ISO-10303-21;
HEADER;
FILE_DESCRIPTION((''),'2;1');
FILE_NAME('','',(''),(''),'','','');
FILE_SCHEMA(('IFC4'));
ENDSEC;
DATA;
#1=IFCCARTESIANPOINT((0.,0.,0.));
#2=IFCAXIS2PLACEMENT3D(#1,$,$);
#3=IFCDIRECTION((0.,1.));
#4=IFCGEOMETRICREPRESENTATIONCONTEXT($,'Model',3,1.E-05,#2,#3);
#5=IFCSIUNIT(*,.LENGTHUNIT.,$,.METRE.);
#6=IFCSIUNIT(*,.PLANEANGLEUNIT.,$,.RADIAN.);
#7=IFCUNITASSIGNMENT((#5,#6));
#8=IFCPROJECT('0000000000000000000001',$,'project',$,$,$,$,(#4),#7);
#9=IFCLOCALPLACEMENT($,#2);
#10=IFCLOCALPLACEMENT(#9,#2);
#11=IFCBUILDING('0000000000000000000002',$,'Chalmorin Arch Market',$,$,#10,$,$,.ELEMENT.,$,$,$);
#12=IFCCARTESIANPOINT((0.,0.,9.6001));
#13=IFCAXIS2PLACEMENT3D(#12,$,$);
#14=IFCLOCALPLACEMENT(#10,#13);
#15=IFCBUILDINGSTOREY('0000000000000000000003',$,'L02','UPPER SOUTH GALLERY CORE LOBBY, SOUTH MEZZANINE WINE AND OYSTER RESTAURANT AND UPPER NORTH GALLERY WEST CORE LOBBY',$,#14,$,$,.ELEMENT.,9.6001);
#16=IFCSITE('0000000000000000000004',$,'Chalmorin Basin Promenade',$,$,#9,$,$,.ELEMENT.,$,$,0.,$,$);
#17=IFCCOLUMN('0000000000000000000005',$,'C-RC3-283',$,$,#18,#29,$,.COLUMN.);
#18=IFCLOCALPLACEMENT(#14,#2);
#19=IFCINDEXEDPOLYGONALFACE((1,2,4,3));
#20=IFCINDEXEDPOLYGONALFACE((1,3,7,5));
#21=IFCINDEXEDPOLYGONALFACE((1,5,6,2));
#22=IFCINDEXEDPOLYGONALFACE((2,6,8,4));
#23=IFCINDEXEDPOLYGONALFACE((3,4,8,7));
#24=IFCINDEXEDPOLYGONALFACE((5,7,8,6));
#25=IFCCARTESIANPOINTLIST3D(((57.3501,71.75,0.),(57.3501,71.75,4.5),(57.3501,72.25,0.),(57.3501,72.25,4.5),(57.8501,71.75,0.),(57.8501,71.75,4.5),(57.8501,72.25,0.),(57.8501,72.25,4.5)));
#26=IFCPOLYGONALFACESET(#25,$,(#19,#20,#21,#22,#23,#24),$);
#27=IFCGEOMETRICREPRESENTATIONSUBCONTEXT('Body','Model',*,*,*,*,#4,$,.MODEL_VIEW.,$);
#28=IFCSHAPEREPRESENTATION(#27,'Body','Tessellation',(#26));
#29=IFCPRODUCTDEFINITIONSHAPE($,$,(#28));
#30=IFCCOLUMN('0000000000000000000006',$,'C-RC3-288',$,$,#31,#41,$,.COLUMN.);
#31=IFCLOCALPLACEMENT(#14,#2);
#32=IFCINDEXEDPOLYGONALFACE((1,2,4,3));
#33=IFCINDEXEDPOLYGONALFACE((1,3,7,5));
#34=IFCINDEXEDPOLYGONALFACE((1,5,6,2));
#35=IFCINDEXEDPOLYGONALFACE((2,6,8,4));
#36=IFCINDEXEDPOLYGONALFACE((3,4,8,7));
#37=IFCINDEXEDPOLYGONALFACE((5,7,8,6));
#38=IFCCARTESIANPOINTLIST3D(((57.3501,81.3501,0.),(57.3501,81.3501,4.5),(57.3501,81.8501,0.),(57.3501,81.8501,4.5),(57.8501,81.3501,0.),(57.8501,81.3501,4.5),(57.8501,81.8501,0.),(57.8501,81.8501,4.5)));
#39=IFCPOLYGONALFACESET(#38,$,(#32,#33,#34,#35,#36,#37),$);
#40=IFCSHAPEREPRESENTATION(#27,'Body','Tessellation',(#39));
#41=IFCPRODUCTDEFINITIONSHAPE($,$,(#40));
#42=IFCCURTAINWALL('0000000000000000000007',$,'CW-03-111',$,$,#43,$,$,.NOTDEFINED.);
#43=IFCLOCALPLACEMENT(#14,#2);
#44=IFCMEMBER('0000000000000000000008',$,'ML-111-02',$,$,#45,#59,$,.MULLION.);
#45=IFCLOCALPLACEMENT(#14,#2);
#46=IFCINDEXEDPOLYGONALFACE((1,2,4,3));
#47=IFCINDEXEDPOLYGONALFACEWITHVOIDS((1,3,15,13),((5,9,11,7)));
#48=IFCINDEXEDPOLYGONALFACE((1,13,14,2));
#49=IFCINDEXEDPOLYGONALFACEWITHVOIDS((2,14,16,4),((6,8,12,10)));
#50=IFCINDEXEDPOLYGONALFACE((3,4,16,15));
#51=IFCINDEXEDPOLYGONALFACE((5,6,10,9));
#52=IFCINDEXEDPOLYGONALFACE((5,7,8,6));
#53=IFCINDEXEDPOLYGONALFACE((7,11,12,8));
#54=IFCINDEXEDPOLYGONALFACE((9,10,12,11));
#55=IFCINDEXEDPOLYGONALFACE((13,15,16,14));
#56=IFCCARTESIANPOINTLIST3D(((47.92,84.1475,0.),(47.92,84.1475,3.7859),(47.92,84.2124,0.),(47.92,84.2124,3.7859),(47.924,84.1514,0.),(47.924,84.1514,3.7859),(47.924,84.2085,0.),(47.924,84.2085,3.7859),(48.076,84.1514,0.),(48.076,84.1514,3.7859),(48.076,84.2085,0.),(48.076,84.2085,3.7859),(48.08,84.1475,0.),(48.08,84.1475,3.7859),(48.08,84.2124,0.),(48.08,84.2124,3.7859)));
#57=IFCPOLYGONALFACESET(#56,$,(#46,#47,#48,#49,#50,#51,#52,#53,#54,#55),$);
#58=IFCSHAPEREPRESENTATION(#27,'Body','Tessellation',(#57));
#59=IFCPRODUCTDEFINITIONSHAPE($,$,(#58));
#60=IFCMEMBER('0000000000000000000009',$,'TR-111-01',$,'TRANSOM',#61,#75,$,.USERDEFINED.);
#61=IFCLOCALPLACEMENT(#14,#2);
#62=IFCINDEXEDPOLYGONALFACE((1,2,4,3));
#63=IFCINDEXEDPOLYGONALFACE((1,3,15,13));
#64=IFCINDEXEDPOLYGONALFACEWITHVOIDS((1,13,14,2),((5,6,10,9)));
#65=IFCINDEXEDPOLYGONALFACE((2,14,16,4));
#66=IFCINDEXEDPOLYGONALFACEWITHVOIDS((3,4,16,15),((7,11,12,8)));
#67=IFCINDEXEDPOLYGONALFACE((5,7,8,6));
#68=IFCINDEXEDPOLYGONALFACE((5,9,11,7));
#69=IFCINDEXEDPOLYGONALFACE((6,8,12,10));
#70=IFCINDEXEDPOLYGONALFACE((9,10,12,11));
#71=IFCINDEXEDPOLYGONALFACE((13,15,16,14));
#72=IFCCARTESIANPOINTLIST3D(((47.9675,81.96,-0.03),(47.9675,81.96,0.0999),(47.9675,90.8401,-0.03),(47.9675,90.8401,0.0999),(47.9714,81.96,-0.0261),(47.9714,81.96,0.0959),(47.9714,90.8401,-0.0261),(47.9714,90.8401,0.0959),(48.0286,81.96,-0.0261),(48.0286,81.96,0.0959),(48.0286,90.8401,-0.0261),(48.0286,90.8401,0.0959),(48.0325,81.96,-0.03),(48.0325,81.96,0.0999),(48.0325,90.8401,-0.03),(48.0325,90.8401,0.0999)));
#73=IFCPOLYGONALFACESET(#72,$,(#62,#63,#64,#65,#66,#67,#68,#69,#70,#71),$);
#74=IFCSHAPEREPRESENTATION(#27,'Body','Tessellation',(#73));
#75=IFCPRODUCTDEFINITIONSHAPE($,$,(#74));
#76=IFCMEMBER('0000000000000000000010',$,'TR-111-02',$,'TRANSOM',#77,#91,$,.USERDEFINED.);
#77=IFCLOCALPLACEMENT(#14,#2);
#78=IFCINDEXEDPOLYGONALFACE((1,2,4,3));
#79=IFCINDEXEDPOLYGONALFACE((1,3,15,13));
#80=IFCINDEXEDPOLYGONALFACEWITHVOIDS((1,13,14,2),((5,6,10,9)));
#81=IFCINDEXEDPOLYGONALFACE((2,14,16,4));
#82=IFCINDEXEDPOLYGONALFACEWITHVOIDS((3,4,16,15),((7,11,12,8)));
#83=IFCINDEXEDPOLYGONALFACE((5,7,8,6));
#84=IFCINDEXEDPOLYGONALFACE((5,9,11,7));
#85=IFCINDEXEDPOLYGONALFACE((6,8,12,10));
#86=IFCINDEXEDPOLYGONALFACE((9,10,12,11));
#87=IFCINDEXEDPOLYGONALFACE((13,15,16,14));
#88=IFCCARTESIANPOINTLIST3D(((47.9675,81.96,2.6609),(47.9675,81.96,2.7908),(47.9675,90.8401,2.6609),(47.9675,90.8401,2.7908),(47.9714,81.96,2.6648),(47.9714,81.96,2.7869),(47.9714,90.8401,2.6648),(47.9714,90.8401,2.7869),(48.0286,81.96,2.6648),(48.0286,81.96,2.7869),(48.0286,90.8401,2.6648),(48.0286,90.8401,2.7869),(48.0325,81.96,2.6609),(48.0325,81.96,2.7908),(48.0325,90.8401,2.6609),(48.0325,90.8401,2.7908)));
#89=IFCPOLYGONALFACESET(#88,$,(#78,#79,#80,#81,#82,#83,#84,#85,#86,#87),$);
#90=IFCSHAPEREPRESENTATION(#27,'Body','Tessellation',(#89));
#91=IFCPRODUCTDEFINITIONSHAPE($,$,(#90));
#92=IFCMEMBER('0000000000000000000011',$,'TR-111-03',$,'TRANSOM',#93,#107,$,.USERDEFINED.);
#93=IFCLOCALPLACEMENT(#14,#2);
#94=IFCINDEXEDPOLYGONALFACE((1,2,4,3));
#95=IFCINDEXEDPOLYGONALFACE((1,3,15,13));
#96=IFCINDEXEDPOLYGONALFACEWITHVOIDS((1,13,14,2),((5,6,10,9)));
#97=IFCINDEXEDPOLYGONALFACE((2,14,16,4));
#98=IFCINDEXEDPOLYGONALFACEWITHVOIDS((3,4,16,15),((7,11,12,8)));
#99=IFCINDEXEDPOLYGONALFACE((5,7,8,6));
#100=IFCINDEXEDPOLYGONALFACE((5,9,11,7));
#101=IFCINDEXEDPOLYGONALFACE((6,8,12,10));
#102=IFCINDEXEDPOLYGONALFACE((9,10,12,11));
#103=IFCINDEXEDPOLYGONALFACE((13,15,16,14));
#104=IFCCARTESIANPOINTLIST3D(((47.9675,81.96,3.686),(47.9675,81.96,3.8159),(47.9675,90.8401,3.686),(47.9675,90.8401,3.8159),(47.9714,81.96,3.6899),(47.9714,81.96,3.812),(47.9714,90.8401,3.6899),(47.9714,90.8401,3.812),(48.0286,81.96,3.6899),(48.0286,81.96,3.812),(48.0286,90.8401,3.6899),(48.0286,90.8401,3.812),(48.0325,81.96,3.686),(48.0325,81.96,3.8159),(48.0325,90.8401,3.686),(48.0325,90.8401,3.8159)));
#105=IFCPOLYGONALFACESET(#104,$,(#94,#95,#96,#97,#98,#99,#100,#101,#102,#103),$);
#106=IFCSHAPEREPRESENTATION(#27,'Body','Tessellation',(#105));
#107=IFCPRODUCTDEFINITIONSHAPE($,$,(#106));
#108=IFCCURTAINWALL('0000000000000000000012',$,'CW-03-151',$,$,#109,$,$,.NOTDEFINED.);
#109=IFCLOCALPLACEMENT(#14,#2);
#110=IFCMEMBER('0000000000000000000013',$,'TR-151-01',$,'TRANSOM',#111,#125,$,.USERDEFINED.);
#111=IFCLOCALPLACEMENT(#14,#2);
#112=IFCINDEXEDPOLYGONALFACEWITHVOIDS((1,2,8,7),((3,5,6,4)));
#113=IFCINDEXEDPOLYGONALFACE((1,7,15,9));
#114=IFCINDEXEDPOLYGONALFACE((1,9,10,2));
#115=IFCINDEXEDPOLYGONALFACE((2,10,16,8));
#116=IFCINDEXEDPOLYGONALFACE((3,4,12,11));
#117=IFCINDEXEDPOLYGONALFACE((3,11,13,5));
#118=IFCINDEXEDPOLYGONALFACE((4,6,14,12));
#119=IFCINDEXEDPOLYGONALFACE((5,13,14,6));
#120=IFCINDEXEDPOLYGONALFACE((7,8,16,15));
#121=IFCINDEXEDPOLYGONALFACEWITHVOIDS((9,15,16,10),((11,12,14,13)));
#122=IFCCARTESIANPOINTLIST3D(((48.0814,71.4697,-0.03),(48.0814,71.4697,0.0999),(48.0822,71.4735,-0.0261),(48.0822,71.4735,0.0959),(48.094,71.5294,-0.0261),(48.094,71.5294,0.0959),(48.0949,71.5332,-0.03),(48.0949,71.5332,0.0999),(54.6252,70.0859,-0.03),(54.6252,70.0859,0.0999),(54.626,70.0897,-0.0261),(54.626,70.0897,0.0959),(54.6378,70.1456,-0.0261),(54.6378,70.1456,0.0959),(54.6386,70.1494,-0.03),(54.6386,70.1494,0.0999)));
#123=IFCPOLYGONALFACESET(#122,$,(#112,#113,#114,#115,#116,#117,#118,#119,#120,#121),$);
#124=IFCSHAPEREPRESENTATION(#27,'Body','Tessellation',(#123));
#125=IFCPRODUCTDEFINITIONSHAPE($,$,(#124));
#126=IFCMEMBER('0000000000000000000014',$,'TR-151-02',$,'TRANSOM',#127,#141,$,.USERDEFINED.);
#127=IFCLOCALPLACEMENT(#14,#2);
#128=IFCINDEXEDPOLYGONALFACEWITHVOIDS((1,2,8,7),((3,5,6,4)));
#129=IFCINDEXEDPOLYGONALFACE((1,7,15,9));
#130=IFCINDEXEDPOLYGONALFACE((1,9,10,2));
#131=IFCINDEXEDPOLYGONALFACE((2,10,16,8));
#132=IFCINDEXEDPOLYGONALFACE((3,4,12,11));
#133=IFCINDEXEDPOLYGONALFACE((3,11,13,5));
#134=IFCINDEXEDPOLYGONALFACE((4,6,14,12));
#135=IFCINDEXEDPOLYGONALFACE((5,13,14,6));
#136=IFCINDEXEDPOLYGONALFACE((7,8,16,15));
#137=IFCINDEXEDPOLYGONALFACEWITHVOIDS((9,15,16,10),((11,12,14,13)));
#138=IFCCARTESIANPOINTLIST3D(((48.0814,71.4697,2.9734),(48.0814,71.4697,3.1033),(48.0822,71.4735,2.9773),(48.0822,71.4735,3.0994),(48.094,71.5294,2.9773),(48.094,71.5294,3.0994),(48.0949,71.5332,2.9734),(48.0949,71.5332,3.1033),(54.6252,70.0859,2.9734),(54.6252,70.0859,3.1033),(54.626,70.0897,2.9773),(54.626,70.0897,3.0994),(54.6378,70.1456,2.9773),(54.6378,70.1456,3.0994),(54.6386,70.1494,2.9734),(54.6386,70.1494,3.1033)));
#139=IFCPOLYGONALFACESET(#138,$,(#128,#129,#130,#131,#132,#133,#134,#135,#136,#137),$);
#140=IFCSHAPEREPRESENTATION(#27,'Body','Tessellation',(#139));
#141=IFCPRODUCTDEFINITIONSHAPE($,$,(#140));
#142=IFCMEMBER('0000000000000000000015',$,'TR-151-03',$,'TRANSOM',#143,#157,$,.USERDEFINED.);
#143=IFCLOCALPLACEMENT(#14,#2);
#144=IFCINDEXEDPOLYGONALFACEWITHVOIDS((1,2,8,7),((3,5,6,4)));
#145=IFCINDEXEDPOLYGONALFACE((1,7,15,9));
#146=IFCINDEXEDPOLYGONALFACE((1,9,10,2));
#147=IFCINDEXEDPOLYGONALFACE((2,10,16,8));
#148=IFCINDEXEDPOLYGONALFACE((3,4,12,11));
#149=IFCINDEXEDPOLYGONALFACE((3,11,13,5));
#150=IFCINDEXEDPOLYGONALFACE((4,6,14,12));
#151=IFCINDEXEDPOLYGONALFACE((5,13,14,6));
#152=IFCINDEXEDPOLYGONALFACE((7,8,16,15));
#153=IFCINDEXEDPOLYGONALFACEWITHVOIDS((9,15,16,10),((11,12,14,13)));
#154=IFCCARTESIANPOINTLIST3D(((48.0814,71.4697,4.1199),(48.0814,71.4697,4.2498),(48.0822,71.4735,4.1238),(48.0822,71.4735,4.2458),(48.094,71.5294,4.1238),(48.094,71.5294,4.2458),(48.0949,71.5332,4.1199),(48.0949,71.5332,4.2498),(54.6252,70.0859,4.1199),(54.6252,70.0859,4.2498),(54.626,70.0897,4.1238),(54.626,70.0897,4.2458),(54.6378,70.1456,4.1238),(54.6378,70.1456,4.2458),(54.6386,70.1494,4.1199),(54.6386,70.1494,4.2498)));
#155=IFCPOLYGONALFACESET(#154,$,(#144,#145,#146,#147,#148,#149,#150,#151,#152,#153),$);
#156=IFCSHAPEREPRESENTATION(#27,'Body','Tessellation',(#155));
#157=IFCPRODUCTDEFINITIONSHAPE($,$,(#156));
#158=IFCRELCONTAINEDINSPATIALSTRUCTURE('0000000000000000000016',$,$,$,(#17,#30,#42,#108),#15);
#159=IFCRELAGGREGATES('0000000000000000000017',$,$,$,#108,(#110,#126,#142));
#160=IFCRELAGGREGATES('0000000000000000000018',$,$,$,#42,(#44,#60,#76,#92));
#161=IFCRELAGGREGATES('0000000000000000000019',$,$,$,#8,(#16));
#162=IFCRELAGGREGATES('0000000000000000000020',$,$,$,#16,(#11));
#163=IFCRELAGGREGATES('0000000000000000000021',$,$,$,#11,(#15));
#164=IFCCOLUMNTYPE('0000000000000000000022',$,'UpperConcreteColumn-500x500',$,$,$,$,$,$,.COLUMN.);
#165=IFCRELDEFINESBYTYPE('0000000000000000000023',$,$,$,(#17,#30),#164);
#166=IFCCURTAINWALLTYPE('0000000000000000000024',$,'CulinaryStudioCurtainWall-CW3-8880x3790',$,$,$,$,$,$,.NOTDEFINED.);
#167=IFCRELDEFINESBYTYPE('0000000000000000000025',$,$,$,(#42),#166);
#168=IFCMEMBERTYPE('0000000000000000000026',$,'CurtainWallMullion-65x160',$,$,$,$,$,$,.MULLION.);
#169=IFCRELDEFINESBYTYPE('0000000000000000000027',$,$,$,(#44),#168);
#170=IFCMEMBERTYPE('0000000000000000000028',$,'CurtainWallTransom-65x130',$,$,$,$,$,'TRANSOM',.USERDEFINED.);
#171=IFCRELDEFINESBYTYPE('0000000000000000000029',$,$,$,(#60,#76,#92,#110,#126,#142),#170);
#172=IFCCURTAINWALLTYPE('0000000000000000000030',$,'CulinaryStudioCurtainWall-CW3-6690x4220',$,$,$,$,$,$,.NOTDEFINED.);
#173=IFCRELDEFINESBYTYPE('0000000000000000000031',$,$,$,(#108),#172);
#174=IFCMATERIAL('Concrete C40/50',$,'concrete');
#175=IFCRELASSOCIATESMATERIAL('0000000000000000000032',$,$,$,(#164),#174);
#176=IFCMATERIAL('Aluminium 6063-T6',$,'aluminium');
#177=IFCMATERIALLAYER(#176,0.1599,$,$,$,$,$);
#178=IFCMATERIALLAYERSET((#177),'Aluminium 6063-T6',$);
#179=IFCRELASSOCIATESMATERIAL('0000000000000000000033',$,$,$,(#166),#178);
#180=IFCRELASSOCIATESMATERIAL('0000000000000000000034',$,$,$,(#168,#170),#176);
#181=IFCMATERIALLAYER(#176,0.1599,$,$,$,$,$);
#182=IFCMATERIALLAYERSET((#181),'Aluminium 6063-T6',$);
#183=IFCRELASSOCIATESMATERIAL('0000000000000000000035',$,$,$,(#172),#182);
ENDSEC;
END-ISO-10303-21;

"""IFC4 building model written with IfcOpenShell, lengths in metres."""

from ifc_helpers import new_model, si_unit, direction, frame, origin, origin_2d, place, context, subcontext, project, spatial, rectangle, hollow_rectangle, extrude, material, layer, layer_set, material_profile, profile_set, type_object, element, aggregate, save


model = new_model("IFC4")

# Units and contexts
model_context = context("Model", 3, precision=1e-05, world=origin(), true_north=direction((0.0, 1.0)))
body_context = subcontext(model_context, "Body", "Model", "MODEL_VIEW")
ifc_project = project(units=[si_unit("LENGTHUNIT", "METRE"), si_unit("PLANEANGLEUNIT", "RADIAN")], contexts=[model_context])

# Site, building, storey
site_placement = place(None, origin())
site = spatial("IfcSite", under=ifc_project, at=site_placement, Name="Chalmorin Basin Promenade", CompositionType="ELEMENT", RefElevation=0.0)
building_placement = place(site_placement, origin())
building = spatial("IfcBuilding", under=site, at=building_placement, Name="Chalmorin Arch Market", CompositionType="ELEMENT")
storey_placement = place(building_placement, frame((0.0, 0.0, 9.6001)))
storey = spatial("IfcBuildingStorey", under=building, at=storey_placement, Name="L02", Description="UPPER SOUTH GALLERY CORE LOBBY, SOUTH MEZZANINE WINE AND OYSTER RESTAURANT AND UPPER NORTH GALLERY WEST CORE LOBBY", CompositionType="ELEMENT", Elevation=9.6001)

# Columns
ifc_material_1 = material(Name="Concrete C40/50", Category="concrete")
ifc_material_profile_1 = material_profile(ifc_material_1, rectangle(XDim=0.5, YDim=0.5, at=origin_2d()), Name="RC500X500")
ifc_profile_set_1 = profile_set([ifc_material_profile_1], Name="Concrete C40/50")
column_type = type_object("IfcColumnType", Name="UpperConcreteColumn-500x500", PredefinedType="COLUMN", material=ifc_profile_set_1)
for number, where, z_axis, x_axis, name in (
    (1, (57.6001, 72.0, 0.0), (0.0, 0.0, 1.0), (1.0, 0.0, 0.0), "C-RC3-283"),
    (2, (57.6001, 81.6001, 0.0), (0.0, 0.0, 1.0), (1.0, 0.0, 0.0), "C-RC3-288"),
):
    element("IfcColumn", number, at=place(storey_placement, frame(where, z_axis=z_axis, x_axis=x_axis)), inside=storey, type_object=column_type, Name=name, PredefinedType="COLUMN", context=body_context, shape_type="SweptSolid", body=[
        extrude(rectangle(XDim=0.5, YDim=0.5, at=origin_2d()), origin(), (0.0, 0.0, 1.0), 4.5),
    ])

# Curtain walls, members
ifc_material_2 = material(Name="Aluminium 6063-T6", Category="aluminium")
ifc_layer_1 = layer(ifc_material_2, 0.1599)
ifc_layer_set_1 = layer_set([ifc_layer_1], Name="Aluminium 6063-T6")
curtain_wall_type_1 = type_object("IfcCurtainWallType", Name="CulinaryStudioCurtainWall-CW3-8880x3790", PredefinedType="NOTDEFINED", material=ifc_layer_set_1)
curtain_wall_1_placement = place(storey_placement, origin())
curtain_wall_1 = element("IfcCurtainWall", 3, at=curtain_wall_1_placement, inside=storey, type_object=curtain_wall_type_1, Name="CW-03-111", PredefinedType="NOTDEFINED")
ifc_material_profile_2 = material_profile(ifc_material_2, hollow_rectangle(XDim=0.0649, YDim=0.1599, WallThickness=0.0039, at=origin_2d()), Name="ALU65X160X4")
ifc_profile_set_2 = profile_set([ifc_material_profile_2], Name="Aluminium 6063-T6")
member_type_1 = type_object("IfcMemberType", Name="CurtainWallMullion-65x160", PredefinedType="MULLION", material=ifc_profile_set_2)
member_1_placement = place(storey_placement, frame((48.0, 84.1799, 0.0), z_axis=(0.0, 0.0, 1.0), x_axis=(0.0, 1.0, 0.0)))
member_1 = element("IfcMember", 4, at=member_1_placement, type_object=member_type_1, Name="ML-111-02", PredefinedType="MULLION", context=body_context, shape_type="SweptSolid", body=[
    extrude(hollow_rectangle(XDim=0.0649, YDim=0.1599, WallThickness=0.0039, at=origin_2d()), origin(), (0.0, 0.0, 1.0), 3.7859),
])
ifc_material_profile_3 = material_profile(ifc_material_2, hollow_rectangle(XDim=0.0649, YDim=0.1299, WallThickness=0.0039, at=origin_2d()), Name="ALU65X130X4")
ifc_profile_set_3 = profile_set([ifc_material_profile_3], Name="Aluminium 6063-T6")
member_type_2 = type_object("IfcMemberType", Name="CurtainWallTransom-65x130", ElementType="TRANSOM", PredefinedType="USERDEFINED", material=ifc_profile_set_3)
member_2_placement = place(storey_placement, frame((48.0, 81.96, 0.0349), z_axis=(0.0, 1.0, 0.0), x_axis=(-1.0, 0.0, 0.0)))
member_2 = element("IfcMember", 5, at=member_2_placement, type_object=member_type_2, Name="TR-111-01", ObjectType="TRANSOM", PredefinedType="USERDEFINED", context=body_context, shape_type="SweptSolid", body=[
    extrude(hollow_rectangle(XDim=0.0649, YDim=0.1299, WallThickness=0.0039, at=origin_2d()), origin(), (0.0, 0.0, 1.0), 8.8801),
])
member_3_placement = place(storey_placement, frame((48.0, 81.96, 2.7258), z_axis=(0.0, 1.0, 0.0), x_axis=(-1.0, 0.0, 0.0)))
member_3 = element("IfcMember", 6, at=member_3_placement, type_object=member_type_2, Name="TR-111-02", ObjectType="TRANSOM", PredefinedType="USERDEFINED", context=body_context, shape_type="SweptSolid", body=[
    extrude(hollow_rectangle(XDim=0.0649, YDim=0.1299, WallThickness=0.0039, at=origin_2d()), origin(), (0.0, 0.0, 1.0), 8.8801),
])
member_4_placement = place(storey_placement, frame((48.0, 81.96, 3.751), z_axis=(0.0, 1.0, 0.0), x_axis=(-1.0, 0.0, 0.0)))
member_4 = element("IfcMember", 7, at=member_4_placement, type_object=member_type_2, Name="TR-111-03", ObjectType="TRANSOM", PredefinedType="USERDEFINED", context=body_context, shape_type="SweptSolid", body=[
    extrude(hollow_rectangle(XDim=0.0649, YDim=0.1299, WallThickness=0.0039, at=origin_2d()), origin(), (0.0, 0.0, 1.0), 8.8801),
])
ifc_layer_2 = layer(ifc_material_2, 0.1599)
ifc_layer_set_2 = layer_set([ifc_layer_2], Name="Aluminium 6063-T6")
curtain_wall_type_2 = type_object("IfcCurtainWallType", Name="CulinaryStudioCurtainWall-CW3-6690x4220", PredefinedType="NOTDEFINED", material=ifc_layer_set_2)
curtain_wall_2_placement = place(storey_placement, origin())
curtain_wall_2 = element("IfcCurtainWall", 8, at=curtain_wall_2_placement, inside=storey, type_object=curtain_wall_type_2, Name="CW-03-151", PredefinedType="NOTDEFINED")
member_5_placement = place(storey_placement, frame((48.0881, 71.5015, 0.0349), z_axis=(0.978363, -0.206893, 0.0), x_axis=(0.206893, 0.978363, 0.0)))
member_5 = element("IfcMember", 9, at=member_5_placement, type_object=member_type_2, Name="TR-151-01", ObjectType="TRANSOM", PredefinedType="USERDEFINED", context=body_context, shape_type="SweptSolid", body=[
    extrude(hollow_rectangle(XDim=0.0649, YDim=0.1299, WallThickness=0.0039, at=origin_2d()), origin(), (0.0, 0.0, 1.0), 6.6885),
])
member_6_placement = place(storey_placement, frame((48.0881, 71.5015, 3.0383), z_axis=(0.978363, -0.206893, 0.0), x_axis=(0.206893, 0.978363, 0.0)))
member_6 = element("IfcMember", 10, at=member_6_placement, type_object=member_type_2, Name="TR-151-02", ObjectType="TRANSOM", PredefinedType="USERDEFINED", context=body_context, shape_type="SweptSolid", body=[
    extrude(hollow_rectangle(XDim=0.0649, YDim=0.1299, WallThickness=0.0039, at=origin_2d()), origin(), (0.0, 0.0, 1.0), 6.6885),
])
member_7_placement = place(storey_placement, frame((48.0881, 71.5015, 4.1848), z_axis=(0.978363, -0.206893, 0.0), x_axis=(0.206893, 0.978363, 0.0)))
member_7 = element("IfcMember", 11, at=member_7_placement, type_object=member_type_2, Name="TR-151-03", ObjectType="TRANSOM", PredefinedType="USERDEFINED", context=body_context, shape_type="SweptSolid", body=[
    extrude(hollow_rectangle(XDim=0.0649, YDim=0.1299, WallThickness=0.0039, at=origin_2d()), origin(), (0.0, 0.0, 1.0), 6.6885),
])
aggregate(curtain_wall_2, [member_5, member_6, member_7])

aggregate(curtain_wall_1, [member_1, member_2, member_3, member_4])

save(model, "model.ifc")
